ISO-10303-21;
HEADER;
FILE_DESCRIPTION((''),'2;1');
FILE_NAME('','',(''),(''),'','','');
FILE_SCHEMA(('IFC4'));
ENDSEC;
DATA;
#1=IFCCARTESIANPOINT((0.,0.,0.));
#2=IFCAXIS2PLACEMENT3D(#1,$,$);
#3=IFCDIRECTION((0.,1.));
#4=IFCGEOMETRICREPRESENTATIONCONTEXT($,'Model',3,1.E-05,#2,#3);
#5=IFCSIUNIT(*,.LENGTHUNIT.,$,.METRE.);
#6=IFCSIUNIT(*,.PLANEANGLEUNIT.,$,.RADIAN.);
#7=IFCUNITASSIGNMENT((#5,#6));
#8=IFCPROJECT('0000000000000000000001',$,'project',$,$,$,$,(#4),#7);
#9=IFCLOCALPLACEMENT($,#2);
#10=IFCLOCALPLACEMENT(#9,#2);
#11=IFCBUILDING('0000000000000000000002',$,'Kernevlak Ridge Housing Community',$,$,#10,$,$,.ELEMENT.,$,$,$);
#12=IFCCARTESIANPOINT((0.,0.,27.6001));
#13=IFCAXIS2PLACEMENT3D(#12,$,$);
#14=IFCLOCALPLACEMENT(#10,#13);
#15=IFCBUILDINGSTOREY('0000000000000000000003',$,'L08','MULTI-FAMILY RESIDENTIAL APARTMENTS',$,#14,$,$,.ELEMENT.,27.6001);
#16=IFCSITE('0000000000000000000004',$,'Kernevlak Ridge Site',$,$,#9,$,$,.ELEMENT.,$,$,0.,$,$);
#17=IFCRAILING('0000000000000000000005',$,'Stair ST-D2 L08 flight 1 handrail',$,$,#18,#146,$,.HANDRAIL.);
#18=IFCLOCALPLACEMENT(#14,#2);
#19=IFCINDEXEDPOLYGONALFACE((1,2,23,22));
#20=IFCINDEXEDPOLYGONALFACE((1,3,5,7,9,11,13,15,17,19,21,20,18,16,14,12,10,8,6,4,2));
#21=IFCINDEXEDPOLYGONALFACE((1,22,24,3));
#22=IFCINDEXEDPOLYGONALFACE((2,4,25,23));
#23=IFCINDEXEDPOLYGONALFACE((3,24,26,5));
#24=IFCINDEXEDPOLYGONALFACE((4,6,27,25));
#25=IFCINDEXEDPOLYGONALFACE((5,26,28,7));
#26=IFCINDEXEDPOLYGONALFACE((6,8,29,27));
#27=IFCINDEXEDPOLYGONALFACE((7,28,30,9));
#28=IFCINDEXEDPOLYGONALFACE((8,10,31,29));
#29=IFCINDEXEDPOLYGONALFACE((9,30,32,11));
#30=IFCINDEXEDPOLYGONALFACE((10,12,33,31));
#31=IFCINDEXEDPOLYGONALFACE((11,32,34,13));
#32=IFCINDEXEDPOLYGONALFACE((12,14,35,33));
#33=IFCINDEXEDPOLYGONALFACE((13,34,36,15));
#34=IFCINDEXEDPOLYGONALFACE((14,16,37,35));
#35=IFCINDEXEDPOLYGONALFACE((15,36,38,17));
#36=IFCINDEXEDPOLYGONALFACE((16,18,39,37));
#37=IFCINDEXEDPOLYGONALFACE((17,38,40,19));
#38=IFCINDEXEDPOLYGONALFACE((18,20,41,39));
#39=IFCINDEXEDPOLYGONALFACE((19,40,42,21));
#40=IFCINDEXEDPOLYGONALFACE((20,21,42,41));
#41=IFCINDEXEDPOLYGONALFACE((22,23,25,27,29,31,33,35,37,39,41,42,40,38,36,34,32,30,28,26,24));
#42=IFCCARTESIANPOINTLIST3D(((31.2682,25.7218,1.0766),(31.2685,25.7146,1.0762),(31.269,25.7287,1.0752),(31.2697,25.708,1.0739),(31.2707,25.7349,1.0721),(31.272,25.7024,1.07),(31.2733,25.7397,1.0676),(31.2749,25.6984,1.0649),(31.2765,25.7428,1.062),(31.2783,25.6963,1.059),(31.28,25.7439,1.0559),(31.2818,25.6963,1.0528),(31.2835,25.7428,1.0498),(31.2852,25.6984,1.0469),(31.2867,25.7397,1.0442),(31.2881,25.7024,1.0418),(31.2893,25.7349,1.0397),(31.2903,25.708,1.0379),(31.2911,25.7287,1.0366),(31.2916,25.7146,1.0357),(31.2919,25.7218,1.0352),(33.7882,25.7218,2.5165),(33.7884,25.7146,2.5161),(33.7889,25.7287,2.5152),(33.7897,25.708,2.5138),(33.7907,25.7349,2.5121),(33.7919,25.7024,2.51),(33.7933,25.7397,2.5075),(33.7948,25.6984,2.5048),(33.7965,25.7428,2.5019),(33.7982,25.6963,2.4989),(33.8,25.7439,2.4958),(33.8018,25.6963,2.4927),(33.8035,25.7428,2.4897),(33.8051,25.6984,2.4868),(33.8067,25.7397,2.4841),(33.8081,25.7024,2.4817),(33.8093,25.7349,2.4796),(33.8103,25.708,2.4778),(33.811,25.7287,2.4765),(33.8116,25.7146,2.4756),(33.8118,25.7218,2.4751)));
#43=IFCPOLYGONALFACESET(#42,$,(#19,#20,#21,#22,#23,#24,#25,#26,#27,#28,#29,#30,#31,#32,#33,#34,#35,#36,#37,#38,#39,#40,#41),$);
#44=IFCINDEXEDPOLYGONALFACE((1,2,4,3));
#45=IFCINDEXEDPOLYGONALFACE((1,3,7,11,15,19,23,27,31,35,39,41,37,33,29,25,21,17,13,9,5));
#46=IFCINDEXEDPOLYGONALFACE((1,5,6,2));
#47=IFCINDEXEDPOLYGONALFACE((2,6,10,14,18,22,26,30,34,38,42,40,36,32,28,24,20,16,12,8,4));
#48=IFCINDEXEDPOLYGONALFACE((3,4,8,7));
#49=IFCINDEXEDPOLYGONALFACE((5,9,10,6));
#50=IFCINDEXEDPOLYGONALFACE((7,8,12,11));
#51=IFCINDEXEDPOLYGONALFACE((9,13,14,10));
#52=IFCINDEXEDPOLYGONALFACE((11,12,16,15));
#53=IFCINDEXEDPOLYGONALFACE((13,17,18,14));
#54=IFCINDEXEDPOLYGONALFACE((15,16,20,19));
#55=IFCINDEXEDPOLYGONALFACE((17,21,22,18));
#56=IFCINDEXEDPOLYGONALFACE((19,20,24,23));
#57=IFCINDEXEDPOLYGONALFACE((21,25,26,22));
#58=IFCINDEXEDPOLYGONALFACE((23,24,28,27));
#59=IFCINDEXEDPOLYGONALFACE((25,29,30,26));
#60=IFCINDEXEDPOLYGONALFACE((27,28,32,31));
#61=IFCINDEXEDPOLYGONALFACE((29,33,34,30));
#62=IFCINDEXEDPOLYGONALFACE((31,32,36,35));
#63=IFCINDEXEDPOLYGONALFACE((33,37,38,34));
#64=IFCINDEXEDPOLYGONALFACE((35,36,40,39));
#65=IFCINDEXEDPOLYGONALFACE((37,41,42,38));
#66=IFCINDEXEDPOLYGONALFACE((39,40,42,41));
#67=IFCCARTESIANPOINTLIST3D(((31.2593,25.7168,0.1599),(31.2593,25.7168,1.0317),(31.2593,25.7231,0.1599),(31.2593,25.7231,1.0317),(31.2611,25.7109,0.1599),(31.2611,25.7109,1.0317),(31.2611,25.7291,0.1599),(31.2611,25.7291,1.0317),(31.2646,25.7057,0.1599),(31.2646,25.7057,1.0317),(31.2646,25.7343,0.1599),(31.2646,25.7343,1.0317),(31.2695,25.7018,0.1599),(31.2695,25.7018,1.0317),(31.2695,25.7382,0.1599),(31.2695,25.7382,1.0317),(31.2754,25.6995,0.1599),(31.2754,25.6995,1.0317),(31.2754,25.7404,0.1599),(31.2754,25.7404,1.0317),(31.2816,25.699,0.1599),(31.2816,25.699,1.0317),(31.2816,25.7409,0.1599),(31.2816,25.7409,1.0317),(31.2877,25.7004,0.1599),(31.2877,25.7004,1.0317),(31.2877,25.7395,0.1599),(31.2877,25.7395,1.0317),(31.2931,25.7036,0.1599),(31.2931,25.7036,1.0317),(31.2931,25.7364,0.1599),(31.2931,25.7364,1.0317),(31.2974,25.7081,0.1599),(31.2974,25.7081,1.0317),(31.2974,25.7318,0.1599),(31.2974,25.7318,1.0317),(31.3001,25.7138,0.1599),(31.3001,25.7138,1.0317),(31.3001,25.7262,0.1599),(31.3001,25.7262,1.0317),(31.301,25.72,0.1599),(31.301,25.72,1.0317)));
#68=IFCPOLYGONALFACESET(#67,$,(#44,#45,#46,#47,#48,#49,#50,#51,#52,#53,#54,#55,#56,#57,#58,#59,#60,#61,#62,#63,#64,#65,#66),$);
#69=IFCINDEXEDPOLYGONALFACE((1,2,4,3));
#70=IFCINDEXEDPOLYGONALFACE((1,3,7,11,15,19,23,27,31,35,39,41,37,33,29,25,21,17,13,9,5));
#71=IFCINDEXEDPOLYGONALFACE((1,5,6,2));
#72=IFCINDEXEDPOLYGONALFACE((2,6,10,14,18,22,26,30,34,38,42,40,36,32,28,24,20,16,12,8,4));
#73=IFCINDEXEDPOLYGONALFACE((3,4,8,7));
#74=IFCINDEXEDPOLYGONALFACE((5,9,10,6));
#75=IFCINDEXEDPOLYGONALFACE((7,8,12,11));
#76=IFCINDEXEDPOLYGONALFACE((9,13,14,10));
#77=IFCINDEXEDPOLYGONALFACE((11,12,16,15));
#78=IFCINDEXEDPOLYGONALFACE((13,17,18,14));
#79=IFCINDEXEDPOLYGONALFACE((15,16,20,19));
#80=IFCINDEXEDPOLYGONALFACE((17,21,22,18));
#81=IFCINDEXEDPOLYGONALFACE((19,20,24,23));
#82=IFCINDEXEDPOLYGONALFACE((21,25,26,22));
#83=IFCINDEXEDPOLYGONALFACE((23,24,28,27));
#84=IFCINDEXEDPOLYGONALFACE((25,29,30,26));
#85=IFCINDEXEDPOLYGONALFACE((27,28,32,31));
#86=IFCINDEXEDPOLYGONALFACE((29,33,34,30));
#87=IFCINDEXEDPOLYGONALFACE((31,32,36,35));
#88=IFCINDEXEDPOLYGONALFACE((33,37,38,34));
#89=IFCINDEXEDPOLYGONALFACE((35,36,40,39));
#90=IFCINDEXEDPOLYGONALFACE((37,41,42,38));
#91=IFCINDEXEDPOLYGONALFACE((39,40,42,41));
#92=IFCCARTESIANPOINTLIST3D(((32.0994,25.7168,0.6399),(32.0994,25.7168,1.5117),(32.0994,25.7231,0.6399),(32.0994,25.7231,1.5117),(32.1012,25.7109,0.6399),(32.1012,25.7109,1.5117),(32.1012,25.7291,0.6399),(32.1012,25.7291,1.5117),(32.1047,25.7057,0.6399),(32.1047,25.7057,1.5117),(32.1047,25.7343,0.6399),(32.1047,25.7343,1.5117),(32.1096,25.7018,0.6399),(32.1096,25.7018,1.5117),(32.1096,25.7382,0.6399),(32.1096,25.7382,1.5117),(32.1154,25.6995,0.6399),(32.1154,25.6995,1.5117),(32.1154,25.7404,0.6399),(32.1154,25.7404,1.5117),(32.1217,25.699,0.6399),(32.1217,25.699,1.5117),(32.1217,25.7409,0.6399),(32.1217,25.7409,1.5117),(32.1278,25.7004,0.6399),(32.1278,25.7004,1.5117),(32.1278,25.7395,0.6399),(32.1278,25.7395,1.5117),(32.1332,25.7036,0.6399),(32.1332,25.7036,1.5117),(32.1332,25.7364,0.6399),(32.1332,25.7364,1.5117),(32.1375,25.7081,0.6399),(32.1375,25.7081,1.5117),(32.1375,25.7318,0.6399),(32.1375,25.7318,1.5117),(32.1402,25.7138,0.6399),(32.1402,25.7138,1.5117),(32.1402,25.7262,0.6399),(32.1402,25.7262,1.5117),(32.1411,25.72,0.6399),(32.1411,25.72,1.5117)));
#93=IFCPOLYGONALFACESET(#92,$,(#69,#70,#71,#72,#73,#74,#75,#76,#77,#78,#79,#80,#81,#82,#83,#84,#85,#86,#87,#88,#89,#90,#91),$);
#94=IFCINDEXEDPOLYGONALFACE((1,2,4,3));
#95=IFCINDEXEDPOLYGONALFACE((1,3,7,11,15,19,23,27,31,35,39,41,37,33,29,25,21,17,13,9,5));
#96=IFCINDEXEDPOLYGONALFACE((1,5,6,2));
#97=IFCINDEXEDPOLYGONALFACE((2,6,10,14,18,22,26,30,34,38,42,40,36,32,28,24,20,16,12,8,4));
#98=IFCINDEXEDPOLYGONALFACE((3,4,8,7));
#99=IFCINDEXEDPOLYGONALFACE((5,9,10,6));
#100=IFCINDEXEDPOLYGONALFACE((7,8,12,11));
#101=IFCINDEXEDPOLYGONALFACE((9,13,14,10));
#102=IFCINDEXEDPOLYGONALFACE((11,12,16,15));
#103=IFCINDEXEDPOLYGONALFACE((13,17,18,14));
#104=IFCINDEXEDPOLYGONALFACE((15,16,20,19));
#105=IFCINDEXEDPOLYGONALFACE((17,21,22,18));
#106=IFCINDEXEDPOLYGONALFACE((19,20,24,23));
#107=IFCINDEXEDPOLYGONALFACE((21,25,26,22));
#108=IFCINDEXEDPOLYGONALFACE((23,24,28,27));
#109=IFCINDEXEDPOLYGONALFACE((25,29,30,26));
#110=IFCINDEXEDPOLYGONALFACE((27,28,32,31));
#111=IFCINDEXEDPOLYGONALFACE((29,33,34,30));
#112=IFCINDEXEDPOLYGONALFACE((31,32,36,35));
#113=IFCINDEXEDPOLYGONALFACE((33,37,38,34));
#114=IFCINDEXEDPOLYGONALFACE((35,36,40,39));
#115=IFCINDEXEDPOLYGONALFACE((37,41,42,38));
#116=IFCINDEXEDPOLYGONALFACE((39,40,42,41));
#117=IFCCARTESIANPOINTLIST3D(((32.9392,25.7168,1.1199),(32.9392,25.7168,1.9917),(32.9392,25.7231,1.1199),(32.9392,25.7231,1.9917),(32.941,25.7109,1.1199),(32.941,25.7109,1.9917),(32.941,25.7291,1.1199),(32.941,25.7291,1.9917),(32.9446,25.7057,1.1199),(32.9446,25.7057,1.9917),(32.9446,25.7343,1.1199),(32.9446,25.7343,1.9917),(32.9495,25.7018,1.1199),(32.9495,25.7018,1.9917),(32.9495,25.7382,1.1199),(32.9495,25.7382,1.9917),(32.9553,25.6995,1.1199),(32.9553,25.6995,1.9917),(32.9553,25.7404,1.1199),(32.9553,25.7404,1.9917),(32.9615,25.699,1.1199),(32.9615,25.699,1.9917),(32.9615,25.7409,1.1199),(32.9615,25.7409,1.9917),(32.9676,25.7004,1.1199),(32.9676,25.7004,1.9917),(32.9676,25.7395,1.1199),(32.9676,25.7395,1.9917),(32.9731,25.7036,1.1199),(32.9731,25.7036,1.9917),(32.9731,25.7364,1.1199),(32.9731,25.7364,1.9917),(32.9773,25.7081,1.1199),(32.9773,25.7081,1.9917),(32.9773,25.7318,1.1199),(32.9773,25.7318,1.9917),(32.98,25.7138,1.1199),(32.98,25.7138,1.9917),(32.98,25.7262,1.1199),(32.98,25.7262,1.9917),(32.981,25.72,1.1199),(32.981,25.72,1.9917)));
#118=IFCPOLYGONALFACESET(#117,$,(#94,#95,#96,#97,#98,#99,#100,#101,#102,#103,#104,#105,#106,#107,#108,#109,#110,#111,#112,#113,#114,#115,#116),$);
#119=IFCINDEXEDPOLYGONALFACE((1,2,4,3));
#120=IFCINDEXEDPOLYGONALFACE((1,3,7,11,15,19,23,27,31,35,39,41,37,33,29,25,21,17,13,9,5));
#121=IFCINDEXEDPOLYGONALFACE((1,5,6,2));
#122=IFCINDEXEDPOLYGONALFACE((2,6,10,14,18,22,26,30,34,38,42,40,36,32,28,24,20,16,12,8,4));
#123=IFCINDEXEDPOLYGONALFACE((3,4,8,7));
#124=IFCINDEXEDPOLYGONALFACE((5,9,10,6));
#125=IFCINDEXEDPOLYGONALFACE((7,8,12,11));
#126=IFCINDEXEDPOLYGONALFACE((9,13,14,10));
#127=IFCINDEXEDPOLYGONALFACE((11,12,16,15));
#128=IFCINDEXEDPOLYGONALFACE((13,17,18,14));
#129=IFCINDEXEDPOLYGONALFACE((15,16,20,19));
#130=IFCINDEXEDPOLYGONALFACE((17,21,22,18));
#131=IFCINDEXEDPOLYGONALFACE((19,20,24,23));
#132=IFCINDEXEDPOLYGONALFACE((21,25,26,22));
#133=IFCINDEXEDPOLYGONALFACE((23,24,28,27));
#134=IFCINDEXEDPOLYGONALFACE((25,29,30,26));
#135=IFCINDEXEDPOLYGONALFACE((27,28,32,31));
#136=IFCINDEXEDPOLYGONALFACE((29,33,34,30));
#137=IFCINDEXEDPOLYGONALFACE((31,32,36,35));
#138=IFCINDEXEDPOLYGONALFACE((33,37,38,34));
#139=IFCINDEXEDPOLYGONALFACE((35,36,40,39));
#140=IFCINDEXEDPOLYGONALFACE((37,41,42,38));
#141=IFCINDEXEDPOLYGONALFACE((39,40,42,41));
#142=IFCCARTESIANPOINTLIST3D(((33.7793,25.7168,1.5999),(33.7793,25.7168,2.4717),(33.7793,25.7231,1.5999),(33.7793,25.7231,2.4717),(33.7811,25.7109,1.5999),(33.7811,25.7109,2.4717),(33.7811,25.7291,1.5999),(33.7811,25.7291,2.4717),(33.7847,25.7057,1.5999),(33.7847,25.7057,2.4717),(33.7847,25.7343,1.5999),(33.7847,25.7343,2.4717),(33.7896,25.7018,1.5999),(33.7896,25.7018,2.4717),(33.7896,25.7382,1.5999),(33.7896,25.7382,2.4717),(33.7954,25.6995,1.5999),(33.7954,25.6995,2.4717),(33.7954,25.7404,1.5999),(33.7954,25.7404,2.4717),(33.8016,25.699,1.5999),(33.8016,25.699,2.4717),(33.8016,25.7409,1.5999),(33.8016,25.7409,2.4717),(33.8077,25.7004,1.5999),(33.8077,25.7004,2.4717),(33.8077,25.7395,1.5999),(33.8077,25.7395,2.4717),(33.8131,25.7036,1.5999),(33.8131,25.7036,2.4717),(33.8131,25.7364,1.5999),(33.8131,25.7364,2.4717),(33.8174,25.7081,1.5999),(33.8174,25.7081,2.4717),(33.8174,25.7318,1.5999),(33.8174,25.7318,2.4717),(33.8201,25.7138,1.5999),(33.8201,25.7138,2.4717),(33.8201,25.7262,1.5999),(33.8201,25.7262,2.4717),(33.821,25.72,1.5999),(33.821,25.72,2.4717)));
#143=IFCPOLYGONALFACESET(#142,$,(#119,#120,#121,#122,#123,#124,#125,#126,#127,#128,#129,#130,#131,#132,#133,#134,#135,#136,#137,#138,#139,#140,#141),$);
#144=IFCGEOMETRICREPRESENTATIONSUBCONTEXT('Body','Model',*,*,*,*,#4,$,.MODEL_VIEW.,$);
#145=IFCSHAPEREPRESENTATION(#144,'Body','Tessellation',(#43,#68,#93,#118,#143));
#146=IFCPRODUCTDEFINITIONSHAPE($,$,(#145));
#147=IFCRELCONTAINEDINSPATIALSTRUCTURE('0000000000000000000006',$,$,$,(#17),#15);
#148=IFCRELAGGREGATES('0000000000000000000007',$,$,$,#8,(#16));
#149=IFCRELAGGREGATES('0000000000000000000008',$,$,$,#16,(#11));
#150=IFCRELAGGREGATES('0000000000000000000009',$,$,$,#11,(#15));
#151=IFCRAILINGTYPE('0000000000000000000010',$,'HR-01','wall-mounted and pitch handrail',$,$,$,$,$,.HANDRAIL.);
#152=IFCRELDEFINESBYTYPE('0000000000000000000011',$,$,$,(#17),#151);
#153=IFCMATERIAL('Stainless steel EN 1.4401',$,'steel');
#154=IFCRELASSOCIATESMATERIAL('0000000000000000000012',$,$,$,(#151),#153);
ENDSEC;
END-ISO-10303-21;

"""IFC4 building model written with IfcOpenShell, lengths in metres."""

from ifc_helpers import new_model, si_unit, direction, frame, origin, origin_2d, place, context, subcontext, project, spatial, circle, extrude, material, type_object, element, save


model = new_model("IFC4")

# Units and contexts
model_context = context("Model", 3, precision=1e-05, world=origin(), true_north=direction((0.0, 1.0)))
body_context = subcontext(model_context, "Body", "Model", "MODEL_VIEW")
ifc_project = project(units=[si_unit("LENGTHUNIT", "METRE"), si_unit("PLANEANGLEUNIT", "RADIAN")], contexts=[model_context])

# Site, building, storey
site_placement = place(None, origin())
site = spatial("IfcSite", under=ifc_project, at=site_placement, Name="Kernevlak Ridge Site", CompositionType="ELEMENT", RefElevation=0.0)
building_placement = place(site_placement, origin())
building = spatial("IfcBuilding", under=site, at=building_placement, Name="Kernevlak Ridge Housing Community", CompositionType="ELEMENT")
storey_placement = place(building_placement, frame((0.0, 0.0, 27.6001)))
storey = spatial("IfcBuildingStorey", under=building, at=storey_placement, Name="L08", Description="MULTI-FAMILY RESIDENTIAL APARTMENTS", CompositionType="ELEMENT", Elevation=27.6001)

# Railing
ifc_material_1 = material(Name="Stainless steel EN 1.4401", Category="steel")
railing_type_1 = type_object("IfcRailingType", Name="HR-01", Description="wall-mounted and pitch handrail", PredefinedType="HANDRAIL", material=ifc_material_1)
railing_1_placement = place(storey_placement, frame((31.28, 25.72, 0.1599)))
element("IfcRailing", 1, at=railing_1_placement, inside=storey, type_object=railing_type_1, Name="Stair ST-D2 L08 flight 1 handrail", PredefinedType="HANDRAIL", context=body_context, shape_type="SweptSolid", body=[
    extrude(circle(Radius=0.0239, at=origin_2d()), frame((0.0, 0.0, 0.896), z_axis=(0.868253, 0.0, 0.496121), x_axis=(0.0, 1.0, 0.0)), (0.0, 0.0, 1.0), 2.9023),
    extrude(circle(Radius=0.021, at=origin_2d()), origin(), (0.0, 0.0, 1.0), 0.8718),
    extrude(circle(Radius=0.021, at=origin_2d()), frame((0.8401, 0.0, 0.48)), (0.0, 0.0, 1.0), 0.8718),
    extrude(circle(Radius=0.021, at=origin_2d()), frame((1.6799, 0.0, 0.96)), (0.0, 0.0, 1.0), 0.8718),
    extrude(circle(Radius=0.021, at=origin_2d()), frame((2.52, 0.0, 1.4399)), (0.0, 0.0, 1.0), 0.8718),
])

save(model, "model.ifc")
